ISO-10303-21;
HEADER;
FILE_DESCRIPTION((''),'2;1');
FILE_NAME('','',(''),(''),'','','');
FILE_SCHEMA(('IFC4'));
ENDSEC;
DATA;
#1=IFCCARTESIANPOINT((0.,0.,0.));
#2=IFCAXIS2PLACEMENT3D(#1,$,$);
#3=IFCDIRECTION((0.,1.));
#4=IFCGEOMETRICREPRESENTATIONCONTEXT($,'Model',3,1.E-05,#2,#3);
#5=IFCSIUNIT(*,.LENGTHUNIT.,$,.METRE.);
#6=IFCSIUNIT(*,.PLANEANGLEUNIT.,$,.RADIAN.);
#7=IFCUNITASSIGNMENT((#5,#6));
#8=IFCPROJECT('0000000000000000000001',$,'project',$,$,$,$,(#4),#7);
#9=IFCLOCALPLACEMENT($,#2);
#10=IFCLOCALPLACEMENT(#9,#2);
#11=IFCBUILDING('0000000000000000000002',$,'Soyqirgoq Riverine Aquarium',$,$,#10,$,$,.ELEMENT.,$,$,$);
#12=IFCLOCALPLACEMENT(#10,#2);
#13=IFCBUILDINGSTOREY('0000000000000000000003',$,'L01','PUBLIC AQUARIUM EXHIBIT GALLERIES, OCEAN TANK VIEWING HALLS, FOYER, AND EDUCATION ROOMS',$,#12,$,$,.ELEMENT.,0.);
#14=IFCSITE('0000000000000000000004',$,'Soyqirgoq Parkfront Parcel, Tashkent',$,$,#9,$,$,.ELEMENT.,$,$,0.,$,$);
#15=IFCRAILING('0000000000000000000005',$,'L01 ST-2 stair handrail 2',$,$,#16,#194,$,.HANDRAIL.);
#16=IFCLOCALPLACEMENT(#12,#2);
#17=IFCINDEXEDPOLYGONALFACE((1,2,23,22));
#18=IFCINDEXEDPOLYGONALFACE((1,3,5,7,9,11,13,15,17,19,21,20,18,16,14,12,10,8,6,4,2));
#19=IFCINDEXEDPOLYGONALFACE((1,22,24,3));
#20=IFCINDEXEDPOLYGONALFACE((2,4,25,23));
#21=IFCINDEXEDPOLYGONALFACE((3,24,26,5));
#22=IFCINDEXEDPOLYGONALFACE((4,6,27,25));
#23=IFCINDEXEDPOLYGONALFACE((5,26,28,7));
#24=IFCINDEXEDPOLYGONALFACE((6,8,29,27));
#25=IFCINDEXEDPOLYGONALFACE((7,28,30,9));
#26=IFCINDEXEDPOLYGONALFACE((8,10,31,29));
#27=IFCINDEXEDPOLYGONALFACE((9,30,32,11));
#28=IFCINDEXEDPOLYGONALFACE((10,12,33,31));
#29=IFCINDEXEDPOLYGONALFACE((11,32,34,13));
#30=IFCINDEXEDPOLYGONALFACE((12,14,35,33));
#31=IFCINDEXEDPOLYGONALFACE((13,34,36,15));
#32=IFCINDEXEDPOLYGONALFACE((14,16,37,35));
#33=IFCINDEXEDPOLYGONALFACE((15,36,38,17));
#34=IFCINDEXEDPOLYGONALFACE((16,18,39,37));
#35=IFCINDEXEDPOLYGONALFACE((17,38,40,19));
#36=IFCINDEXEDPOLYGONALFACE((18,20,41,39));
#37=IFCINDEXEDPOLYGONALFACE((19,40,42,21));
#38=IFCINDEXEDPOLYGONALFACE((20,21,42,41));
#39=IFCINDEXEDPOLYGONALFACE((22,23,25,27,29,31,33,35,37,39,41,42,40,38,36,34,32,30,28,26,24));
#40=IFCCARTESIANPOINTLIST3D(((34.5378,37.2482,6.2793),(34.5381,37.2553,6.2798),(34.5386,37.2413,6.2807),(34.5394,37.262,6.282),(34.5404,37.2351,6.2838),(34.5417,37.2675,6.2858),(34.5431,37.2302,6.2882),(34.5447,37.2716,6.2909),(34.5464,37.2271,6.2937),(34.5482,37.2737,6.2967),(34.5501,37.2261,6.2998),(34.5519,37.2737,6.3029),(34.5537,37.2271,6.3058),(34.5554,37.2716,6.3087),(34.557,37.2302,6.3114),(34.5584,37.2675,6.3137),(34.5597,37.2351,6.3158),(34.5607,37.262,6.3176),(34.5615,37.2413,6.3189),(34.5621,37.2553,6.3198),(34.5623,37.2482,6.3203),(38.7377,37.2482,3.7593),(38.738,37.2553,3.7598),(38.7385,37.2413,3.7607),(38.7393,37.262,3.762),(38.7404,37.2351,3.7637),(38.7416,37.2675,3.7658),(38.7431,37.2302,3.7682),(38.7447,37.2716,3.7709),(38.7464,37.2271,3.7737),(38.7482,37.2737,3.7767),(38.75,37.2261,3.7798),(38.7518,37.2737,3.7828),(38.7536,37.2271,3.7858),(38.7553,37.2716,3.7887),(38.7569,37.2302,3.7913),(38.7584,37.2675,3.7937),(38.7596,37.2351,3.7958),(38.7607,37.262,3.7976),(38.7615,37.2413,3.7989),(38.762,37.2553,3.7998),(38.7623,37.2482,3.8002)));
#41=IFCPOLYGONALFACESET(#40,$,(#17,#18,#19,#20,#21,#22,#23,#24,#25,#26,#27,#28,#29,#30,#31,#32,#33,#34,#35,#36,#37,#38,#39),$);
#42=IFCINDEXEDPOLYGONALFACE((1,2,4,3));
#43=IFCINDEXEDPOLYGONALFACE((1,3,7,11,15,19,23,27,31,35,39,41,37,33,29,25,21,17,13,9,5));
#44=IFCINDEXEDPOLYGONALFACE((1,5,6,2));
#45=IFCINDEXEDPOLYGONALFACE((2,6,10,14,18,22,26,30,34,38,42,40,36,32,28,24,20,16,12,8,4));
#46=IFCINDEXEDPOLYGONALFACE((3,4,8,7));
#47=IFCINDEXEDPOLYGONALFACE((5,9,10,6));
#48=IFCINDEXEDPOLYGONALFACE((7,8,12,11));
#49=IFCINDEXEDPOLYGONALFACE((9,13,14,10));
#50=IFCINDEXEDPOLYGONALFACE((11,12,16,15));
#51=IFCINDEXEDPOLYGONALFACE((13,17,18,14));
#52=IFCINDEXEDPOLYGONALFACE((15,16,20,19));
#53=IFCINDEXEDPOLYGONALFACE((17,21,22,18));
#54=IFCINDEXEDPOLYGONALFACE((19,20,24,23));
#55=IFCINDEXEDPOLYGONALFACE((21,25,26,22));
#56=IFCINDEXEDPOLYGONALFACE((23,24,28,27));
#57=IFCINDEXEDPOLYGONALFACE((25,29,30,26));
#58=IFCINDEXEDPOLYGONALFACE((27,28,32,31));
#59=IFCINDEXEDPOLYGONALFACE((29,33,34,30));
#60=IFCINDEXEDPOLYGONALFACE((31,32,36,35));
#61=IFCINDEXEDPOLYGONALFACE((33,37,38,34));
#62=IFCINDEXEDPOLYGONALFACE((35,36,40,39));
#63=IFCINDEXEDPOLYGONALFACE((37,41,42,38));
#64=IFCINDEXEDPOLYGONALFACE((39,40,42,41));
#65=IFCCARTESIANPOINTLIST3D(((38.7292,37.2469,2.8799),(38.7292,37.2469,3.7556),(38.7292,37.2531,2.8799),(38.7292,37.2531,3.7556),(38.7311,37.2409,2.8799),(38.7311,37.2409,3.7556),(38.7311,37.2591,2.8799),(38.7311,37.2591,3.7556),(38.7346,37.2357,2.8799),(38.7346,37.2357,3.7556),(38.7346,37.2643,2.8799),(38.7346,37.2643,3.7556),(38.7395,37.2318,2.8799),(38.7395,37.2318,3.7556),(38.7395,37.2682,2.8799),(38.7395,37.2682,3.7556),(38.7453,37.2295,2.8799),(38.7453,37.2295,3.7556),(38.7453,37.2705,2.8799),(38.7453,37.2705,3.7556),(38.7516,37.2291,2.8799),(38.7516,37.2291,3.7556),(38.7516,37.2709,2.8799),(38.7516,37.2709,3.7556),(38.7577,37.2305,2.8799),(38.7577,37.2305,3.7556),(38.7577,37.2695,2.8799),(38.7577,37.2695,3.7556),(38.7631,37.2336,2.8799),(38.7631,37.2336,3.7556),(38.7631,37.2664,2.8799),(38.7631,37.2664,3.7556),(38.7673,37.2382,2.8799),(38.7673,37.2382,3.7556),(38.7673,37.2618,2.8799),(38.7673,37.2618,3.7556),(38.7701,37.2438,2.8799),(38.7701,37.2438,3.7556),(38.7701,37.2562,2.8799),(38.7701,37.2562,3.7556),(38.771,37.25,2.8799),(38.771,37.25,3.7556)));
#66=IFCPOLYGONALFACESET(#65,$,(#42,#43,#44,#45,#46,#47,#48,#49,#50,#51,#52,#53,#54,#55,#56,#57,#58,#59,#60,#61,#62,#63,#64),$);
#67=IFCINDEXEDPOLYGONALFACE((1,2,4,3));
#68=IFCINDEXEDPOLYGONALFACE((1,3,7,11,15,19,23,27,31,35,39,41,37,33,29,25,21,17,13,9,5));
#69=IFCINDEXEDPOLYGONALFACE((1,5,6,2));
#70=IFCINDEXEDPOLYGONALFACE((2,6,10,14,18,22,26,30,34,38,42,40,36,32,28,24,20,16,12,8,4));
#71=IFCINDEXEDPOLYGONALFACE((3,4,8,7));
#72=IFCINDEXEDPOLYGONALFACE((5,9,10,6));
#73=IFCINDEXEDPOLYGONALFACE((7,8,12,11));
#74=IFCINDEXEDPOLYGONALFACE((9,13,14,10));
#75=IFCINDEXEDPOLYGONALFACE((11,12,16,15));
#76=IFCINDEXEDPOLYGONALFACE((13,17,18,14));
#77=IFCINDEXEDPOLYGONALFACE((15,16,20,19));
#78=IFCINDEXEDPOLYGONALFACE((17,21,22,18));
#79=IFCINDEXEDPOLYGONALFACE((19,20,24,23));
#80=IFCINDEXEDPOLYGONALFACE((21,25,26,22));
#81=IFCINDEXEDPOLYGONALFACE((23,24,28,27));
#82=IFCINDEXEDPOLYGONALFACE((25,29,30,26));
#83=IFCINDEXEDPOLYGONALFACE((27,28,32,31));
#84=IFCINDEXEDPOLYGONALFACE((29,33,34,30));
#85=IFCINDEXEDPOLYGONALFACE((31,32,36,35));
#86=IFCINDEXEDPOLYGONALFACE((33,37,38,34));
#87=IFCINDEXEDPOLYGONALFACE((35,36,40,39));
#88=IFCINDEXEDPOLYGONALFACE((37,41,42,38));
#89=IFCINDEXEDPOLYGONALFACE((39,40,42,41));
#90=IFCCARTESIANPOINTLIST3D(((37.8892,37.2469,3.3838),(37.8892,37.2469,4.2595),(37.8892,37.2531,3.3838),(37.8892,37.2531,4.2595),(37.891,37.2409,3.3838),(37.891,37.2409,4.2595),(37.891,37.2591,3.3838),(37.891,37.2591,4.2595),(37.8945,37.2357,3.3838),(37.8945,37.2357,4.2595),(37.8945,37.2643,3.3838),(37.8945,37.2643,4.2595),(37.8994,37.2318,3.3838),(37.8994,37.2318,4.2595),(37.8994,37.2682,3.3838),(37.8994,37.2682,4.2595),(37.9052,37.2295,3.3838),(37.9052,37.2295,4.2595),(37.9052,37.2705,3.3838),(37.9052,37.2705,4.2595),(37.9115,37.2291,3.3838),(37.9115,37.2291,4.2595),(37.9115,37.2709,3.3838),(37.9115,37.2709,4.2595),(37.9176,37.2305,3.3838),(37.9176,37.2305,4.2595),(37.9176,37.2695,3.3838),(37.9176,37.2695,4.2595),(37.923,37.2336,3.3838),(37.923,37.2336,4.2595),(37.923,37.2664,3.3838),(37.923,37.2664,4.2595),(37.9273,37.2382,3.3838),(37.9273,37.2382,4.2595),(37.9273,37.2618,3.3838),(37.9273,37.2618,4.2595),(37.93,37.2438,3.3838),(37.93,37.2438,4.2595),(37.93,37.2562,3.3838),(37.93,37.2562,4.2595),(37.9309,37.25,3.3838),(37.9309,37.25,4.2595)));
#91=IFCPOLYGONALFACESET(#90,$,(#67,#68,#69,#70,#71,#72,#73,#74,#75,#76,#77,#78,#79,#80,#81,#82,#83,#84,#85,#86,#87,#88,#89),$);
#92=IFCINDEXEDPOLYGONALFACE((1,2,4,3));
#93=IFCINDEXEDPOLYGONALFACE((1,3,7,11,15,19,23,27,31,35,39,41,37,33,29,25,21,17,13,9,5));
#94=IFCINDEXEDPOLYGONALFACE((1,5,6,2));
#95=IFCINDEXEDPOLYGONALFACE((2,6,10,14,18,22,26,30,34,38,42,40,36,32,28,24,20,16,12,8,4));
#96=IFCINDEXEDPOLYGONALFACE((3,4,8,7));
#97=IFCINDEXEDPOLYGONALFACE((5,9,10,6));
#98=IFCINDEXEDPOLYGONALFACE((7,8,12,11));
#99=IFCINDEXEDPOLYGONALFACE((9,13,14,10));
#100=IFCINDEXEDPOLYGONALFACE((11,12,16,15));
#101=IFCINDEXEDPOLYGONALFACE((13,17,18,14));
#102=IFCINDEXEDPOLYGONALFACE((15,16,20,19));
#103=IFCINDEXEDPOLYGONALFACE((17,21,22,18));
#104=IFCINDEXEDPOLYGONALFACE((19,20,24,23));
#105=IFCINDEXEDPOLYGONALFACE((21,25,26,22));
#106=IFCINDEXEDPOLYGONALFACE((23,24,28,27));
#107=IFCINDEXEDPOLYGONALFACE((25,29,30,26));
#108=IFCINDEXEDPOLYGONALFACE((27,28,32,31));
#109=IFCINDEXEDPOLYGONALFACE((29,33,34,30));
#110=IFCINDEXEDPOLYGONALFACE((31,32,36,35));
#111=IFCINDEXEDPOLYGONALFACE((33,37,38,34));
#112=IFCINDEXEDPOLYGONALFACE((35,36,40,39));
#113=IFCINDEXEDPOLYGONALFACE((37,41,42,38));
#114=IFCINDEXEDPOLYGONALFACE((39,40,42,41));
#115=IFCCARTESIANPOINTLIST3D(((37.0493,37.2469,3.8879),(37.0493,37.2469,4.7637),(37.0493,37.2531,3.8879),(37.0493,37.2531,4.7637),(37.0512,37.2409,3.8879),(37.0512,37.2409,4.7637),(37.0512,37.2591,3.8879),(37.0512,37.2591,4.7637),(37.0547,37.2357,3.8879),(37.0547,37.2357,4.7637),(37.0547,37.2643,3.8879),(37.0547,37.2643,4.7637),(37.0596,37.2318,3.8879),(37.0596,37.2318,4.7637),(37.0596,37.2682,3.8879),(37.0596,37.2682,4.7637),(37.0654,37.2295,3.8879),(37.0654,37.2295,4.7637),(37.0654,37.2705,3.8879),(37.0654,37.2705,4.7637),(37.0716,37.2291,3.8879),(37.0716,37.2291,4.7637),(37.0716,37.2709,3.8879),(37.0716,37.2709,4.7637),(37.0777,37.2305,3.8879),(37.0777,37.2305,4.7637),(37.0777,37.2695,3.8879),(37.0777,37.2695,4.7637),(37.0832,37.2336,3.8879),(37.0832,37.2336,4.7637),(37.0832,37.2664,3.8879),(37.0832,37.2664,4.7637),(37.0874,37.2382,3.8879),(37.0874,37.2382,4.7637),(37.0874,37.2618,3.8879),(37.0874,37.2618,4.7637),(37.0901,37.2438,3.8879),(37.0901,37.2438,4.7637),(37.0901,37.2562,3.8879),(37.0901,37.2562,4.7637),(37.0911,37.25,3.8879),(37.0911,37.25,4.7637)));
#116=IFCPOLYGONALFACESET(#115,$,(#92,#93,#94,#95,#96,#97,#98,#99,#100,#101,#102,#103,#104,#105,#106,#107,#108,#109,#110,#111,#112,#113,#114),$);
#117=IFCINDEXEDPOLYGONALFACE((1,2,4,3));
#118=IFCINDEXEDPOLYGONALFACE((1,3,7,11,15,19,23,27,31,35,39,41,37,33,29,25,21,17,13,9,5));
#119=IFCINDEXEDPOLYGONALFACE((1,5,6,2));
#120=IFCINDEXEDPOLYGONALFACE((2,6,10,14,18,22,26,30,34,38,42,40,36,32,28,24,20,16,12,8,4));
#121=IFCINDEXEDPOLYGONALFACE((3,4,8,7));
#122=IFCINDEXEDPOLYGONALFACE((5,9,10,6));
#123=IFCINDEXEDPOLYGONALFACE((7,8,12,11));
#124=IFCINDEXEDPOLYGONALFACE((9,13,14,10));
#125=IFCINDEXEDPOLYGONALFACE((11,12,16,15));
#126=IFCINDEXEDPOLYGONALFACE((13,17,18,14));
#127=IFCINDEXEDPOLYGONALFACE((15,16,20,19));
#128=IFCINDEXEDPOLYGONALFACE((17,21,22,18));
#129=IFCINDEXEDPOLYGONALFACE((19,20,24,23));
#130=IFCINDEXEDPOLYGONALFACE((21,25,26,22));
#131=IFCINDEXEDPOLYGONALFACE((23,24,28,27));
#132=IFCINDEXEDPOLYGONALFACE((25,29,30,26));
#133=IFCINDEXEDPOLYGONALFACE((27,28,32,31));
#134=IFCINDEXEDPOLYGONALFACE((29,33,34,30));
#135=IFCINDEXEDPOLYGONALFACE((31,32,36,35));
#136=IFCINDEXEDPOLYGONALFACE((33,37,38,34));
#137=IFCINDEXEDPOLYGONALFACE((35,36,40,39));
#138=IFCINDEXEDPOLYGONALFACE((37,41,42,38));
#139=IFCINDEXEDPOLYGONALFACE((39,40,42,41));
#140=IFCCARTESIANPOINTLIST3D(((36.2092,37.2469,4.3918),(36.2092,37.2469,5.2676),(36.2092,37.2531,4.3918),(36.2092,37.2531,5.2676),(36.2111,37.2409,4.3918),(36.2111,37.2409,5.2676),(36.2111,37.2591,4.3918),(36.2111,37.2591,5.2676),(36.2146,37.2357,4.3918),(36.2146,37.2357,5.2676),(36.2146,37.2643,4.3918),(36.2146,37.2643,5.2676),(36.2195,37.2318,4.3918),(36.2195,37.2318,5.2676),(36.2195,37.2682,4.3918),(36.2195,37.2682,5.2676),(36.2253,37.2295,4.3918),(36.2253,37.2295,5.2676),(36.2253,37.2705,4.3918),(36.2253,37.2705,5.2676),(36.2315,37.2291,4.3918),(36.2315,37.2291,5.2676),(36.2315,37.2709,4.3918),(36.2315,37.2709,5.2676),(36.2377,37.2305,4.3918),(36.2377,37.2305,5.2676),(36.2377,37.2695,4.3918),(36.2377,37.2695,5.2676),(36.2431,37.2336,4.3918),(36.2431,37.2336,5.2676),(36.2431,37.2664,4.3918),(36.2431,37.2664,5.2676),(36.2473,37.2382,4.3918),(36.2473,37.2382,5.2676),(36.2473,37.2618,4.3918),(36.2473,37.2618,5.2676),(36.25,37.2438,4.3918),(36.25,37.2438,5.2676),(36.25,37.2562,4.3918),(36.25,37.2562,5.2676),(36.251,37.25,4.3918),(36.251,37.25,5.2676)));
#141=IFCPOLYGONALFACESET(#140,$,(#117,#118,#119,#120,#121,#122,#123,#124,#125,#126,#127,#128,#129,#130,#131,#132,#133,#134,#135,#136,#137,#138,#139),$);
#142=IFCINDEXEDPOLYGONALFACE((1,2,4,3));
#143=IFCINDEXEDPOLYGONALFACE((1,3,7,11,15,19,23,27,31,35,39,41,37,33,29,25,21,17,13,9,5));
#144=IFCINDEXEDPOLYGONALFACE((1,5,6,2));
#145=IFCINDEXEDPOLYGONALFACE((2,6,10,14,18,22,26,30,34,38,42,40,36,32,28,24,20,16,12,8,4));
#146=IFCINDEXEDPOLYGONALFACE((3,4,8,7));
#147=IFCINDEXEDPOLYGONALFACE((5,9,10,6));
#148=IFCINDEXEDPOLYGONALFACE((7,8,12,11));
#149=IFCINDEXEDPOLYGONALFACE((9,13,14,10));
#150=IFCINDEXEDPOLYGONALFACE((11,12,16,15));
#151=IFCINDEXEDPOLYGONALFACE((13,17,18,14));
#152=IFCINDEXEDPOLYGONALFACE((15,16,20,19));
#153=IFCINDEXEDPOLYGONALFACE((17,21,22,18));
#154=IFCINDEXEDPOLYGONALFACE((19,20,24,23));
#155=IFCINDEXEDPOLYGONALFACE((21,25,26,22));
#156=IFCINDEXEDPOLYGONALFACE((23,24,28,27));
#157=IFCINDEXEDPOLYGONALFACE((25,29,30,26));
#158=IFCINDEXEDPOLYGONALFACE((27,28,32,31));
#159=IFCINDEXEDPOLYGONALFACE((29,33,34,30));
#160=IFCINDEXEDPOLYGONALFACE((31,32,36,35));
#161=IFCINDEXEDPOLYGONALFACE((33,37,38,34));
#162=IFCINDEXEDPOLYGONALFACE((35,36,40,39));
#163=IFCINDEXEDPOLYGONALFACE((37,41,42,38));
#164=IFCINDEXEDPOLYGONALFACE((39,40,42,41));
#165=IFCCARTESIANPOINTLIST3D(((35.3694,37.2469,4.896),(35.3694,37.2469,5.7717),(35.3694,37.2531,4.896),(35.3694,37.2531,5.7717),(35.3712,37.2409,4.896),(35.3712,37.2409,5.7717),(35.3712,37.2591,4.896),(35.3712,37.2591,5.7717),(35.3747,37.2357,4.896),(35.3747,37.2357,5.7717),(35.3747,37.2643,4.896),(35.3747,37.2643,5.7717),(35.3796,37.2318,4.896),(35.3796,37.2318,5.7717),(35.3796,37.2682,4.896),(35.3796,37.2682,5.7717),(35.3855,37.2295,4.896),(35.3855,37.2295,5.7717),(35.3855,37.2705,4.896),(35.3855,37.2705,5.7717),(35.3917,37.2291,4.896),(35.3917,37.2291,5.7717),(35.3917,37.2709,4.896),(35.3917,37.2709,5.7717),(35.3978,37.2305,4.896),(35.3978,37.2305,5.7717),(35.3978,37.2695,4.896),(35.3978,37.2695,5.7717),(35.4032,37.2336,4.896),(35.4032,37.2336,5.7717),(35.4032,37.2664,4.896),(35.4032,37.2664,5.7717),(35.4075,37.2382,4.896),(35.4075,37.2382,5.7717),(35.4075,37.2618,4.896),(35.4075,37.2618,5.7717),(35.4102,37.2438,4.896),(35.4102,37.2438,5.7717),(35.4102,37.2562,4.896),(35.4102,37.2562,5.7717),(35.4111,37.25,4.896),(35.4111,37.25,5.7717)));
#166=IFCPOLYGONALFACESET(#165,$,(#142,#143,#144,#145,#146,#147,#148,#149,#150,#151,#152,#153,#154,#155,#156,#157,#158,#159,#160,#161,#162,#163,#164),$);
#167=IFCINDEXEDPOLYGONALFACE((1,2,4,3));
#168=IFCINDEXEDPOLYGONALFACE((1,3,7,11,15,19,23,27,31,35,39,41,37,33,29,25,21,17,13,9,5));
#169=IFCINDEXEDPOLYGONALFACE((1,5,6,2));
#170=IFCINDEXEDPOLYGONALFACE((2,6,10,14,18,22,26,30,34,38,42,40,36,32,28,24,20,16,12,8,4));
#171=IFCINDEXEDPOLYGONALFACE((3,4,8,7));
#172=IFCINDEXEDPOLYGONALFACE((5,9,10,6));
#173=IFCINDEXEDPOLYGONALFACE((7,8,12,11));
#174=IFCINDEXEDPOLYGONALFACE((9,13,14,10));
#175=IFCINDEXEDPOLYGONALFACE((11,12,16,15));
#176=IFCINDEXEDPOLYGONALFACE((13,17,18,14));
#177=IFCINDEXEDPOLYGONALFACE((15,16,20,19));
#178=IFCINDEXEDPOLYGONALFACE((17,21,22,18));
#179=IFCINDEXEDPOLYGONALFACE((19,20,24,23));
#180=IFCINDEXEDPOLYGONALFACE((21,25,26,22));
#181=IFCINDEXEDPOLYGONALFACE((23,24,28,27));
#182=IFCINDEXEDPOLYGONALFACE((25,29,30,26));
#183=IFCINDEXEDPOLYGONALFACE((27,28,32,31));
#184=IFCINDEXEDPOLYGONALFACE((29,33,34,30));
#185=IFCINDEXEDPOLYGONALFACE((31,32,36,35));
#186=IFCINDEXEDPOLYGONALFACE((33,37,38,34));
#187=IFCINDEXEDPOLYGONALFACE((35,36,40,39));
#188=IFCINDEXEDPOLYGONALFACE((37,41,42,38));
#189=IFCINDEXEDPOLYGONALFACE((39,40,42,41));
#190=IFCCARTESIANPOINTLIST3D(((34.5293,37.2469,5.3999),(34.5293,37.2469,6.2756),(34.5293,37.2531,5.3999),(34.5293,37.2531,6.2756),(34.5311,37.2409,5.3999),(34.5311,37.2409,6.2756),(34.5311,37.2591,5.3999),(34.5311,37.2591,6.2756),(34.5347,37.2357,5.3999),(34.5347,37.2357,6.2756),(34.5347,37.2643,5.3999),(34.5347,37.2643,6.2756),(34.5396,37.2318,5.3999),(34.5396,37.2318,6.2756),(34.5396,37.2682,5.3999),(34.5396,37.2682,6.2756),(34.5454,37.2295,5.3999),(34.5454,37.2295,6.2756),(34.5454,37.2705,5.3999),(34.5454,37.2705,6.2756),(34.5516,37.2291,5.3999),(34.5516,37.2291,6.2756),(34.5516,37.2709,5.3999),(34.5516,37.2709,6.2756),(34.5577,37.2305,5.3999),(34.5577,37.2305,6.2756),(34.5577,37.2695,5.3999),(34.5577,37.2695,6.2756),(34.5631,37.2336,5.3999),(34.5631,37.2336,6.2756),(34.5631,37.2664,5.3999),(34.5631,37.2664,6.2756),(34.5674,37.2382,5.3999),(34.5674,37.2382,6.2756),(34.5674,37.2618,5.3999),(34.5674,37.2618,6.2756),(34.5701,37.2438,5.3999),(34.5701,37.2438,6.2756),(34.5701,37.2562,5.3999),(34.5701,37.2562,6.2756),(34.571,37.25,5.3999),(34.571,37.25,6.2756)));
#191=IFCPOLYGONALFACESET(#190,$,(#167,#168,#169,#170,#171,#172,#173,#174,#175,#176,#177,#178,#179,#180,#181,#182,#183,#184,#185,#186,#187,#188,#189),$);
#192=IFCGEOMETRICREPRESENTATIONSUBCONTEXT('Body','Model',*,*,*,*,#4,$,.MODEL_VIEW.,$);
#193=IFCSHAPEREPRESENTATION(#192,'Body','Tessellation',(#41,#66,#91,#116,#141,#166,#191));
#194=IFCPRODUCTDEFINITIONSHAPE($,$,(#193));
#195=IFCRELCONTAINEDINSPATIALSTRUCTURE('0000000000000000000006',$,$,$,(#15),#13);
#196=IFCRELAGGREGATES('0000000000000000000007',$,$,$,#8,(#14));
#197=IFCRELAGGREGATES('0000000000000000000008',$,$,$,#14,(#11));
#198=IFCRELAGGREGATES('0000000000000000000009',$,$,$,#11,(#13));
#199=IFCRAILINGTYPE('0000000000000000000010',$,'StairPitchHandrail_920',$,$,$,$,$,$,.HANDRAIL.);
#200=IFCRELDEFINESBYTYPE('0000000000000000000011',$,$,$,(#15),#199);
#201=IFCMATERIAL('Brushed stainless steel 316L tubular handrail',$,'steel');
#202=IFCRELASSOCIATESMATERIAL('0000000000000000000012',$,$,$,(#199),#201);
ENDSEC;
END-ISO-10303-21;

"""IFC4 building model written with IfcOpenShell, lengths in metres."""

from ifc_helpers import new_model, si_unit, direction, frame, origin, origin_2d, place, context, subcontext, project, spatial, circle, extrude, material, type_object, element, save


model = new_model("IFC4")

# Units and contexts
model_context = context("Model", 3, precision=1e-05, world=origin(), true_north=direction((0.0, 1.0)))
body_context = subcontext(model_context, "Body", "Model", "MODEL_VIEW")
ifc_project = project(units=[si_unit("LENGTHUNIT", "METRE"), si_unit("PLANEANGLEUNIT", "RADIAN")], contexts=[model_context])

# Site, building, storey
site_placement = place(None, origin())
site = spatial("IfcSite", under=ifc_project, at=site_placement, Name="Soyqirgoq Parkfront Parcel, Tashkent", CompositionType="ELEMENT", RefElevation=0.0)
building_placement = place(site_placement, origin())
building = spatial("IfcBuilding", under=site, at=building_placement, Name="Soyqirgoq Riverine Aquarium", CompositionType="ELEMENT")
storey_placement = place(building_placement, origin())
storey = spatial("IfcBuildingStorey", under=building, at=storey_placement, Name="L01", Description="PUBLIC AQUARIUM EXHIBIT GALLERIES, OCEAN TANK VIEWING HALLS, FOYER, AND EDUCATION ROOMS", CompositionType="ELEMENT", Elevation=0.0)

# Railing
ifc_material_1 = material(Name="Brushed stainless steel 316L tubular handrail", Category="steel")
railing_type_1 = type_object("IfcRailingType", Name="StairPitchHandrail_920", PredefinedType="HANDRAIL", material=ifc_material_1)
railing_1_placement = place(storey_placement, frame((38.75, 37.25, 2.8799)))
element("IfcRailing", 1, at=railing_1_placement, inside=storey, type_object=railing_type_1, Name="L01 ST-2 stair handrail 2", PredefinedType="HANDRAIL", context=body_context, shape_type="SweptSolid", body=[
    extrude(circle(Radius=0.0239, at=origin_2d()), frame((0.0, 0.0, 0.8999), z_axis=(-0.857489, 0.0, 0.514503), x_axis=(0.0, -1.0, 0.0)), (0.0, 0.0, 1.0), 4.8979),
    extrude(circle(Radius=0.021, at=origin_2d()), origin(), (0.0, 0.0, 1.0), 0.8757),
    extrude(circle(Radius=0.021, at=origin_2d()), frame((-0.8401, 0.0, 0.5039)), (0.0, 0.0, 1.0), 0.8757),
    extrude(circle(Radius=0.021, at=origin_2d()), frame((-1.6799, 0.0, 1.0081)), (0.0, 0.0, 1.0), 0.8757),
    extrude(circle(Radius=0.021, at=origin_2d()), frame((-2.52, 0.0, 1.512)), (0.0, 0.0, 1.0), 0.8757),
    extrude(circle(Radius=0.021, at=origin_2d()), frame((-3.3599, 0.0, 2.0161)), (0.0, 0.0, 1.0), 0.8757),
    extrude(circle(Radius=0.021, at=origin_2d()), frame((-4.2, 0.0, 2.52)), (0.0, 0.0, 1.0), 0.8757),
])

save(model, "model.ifc")
